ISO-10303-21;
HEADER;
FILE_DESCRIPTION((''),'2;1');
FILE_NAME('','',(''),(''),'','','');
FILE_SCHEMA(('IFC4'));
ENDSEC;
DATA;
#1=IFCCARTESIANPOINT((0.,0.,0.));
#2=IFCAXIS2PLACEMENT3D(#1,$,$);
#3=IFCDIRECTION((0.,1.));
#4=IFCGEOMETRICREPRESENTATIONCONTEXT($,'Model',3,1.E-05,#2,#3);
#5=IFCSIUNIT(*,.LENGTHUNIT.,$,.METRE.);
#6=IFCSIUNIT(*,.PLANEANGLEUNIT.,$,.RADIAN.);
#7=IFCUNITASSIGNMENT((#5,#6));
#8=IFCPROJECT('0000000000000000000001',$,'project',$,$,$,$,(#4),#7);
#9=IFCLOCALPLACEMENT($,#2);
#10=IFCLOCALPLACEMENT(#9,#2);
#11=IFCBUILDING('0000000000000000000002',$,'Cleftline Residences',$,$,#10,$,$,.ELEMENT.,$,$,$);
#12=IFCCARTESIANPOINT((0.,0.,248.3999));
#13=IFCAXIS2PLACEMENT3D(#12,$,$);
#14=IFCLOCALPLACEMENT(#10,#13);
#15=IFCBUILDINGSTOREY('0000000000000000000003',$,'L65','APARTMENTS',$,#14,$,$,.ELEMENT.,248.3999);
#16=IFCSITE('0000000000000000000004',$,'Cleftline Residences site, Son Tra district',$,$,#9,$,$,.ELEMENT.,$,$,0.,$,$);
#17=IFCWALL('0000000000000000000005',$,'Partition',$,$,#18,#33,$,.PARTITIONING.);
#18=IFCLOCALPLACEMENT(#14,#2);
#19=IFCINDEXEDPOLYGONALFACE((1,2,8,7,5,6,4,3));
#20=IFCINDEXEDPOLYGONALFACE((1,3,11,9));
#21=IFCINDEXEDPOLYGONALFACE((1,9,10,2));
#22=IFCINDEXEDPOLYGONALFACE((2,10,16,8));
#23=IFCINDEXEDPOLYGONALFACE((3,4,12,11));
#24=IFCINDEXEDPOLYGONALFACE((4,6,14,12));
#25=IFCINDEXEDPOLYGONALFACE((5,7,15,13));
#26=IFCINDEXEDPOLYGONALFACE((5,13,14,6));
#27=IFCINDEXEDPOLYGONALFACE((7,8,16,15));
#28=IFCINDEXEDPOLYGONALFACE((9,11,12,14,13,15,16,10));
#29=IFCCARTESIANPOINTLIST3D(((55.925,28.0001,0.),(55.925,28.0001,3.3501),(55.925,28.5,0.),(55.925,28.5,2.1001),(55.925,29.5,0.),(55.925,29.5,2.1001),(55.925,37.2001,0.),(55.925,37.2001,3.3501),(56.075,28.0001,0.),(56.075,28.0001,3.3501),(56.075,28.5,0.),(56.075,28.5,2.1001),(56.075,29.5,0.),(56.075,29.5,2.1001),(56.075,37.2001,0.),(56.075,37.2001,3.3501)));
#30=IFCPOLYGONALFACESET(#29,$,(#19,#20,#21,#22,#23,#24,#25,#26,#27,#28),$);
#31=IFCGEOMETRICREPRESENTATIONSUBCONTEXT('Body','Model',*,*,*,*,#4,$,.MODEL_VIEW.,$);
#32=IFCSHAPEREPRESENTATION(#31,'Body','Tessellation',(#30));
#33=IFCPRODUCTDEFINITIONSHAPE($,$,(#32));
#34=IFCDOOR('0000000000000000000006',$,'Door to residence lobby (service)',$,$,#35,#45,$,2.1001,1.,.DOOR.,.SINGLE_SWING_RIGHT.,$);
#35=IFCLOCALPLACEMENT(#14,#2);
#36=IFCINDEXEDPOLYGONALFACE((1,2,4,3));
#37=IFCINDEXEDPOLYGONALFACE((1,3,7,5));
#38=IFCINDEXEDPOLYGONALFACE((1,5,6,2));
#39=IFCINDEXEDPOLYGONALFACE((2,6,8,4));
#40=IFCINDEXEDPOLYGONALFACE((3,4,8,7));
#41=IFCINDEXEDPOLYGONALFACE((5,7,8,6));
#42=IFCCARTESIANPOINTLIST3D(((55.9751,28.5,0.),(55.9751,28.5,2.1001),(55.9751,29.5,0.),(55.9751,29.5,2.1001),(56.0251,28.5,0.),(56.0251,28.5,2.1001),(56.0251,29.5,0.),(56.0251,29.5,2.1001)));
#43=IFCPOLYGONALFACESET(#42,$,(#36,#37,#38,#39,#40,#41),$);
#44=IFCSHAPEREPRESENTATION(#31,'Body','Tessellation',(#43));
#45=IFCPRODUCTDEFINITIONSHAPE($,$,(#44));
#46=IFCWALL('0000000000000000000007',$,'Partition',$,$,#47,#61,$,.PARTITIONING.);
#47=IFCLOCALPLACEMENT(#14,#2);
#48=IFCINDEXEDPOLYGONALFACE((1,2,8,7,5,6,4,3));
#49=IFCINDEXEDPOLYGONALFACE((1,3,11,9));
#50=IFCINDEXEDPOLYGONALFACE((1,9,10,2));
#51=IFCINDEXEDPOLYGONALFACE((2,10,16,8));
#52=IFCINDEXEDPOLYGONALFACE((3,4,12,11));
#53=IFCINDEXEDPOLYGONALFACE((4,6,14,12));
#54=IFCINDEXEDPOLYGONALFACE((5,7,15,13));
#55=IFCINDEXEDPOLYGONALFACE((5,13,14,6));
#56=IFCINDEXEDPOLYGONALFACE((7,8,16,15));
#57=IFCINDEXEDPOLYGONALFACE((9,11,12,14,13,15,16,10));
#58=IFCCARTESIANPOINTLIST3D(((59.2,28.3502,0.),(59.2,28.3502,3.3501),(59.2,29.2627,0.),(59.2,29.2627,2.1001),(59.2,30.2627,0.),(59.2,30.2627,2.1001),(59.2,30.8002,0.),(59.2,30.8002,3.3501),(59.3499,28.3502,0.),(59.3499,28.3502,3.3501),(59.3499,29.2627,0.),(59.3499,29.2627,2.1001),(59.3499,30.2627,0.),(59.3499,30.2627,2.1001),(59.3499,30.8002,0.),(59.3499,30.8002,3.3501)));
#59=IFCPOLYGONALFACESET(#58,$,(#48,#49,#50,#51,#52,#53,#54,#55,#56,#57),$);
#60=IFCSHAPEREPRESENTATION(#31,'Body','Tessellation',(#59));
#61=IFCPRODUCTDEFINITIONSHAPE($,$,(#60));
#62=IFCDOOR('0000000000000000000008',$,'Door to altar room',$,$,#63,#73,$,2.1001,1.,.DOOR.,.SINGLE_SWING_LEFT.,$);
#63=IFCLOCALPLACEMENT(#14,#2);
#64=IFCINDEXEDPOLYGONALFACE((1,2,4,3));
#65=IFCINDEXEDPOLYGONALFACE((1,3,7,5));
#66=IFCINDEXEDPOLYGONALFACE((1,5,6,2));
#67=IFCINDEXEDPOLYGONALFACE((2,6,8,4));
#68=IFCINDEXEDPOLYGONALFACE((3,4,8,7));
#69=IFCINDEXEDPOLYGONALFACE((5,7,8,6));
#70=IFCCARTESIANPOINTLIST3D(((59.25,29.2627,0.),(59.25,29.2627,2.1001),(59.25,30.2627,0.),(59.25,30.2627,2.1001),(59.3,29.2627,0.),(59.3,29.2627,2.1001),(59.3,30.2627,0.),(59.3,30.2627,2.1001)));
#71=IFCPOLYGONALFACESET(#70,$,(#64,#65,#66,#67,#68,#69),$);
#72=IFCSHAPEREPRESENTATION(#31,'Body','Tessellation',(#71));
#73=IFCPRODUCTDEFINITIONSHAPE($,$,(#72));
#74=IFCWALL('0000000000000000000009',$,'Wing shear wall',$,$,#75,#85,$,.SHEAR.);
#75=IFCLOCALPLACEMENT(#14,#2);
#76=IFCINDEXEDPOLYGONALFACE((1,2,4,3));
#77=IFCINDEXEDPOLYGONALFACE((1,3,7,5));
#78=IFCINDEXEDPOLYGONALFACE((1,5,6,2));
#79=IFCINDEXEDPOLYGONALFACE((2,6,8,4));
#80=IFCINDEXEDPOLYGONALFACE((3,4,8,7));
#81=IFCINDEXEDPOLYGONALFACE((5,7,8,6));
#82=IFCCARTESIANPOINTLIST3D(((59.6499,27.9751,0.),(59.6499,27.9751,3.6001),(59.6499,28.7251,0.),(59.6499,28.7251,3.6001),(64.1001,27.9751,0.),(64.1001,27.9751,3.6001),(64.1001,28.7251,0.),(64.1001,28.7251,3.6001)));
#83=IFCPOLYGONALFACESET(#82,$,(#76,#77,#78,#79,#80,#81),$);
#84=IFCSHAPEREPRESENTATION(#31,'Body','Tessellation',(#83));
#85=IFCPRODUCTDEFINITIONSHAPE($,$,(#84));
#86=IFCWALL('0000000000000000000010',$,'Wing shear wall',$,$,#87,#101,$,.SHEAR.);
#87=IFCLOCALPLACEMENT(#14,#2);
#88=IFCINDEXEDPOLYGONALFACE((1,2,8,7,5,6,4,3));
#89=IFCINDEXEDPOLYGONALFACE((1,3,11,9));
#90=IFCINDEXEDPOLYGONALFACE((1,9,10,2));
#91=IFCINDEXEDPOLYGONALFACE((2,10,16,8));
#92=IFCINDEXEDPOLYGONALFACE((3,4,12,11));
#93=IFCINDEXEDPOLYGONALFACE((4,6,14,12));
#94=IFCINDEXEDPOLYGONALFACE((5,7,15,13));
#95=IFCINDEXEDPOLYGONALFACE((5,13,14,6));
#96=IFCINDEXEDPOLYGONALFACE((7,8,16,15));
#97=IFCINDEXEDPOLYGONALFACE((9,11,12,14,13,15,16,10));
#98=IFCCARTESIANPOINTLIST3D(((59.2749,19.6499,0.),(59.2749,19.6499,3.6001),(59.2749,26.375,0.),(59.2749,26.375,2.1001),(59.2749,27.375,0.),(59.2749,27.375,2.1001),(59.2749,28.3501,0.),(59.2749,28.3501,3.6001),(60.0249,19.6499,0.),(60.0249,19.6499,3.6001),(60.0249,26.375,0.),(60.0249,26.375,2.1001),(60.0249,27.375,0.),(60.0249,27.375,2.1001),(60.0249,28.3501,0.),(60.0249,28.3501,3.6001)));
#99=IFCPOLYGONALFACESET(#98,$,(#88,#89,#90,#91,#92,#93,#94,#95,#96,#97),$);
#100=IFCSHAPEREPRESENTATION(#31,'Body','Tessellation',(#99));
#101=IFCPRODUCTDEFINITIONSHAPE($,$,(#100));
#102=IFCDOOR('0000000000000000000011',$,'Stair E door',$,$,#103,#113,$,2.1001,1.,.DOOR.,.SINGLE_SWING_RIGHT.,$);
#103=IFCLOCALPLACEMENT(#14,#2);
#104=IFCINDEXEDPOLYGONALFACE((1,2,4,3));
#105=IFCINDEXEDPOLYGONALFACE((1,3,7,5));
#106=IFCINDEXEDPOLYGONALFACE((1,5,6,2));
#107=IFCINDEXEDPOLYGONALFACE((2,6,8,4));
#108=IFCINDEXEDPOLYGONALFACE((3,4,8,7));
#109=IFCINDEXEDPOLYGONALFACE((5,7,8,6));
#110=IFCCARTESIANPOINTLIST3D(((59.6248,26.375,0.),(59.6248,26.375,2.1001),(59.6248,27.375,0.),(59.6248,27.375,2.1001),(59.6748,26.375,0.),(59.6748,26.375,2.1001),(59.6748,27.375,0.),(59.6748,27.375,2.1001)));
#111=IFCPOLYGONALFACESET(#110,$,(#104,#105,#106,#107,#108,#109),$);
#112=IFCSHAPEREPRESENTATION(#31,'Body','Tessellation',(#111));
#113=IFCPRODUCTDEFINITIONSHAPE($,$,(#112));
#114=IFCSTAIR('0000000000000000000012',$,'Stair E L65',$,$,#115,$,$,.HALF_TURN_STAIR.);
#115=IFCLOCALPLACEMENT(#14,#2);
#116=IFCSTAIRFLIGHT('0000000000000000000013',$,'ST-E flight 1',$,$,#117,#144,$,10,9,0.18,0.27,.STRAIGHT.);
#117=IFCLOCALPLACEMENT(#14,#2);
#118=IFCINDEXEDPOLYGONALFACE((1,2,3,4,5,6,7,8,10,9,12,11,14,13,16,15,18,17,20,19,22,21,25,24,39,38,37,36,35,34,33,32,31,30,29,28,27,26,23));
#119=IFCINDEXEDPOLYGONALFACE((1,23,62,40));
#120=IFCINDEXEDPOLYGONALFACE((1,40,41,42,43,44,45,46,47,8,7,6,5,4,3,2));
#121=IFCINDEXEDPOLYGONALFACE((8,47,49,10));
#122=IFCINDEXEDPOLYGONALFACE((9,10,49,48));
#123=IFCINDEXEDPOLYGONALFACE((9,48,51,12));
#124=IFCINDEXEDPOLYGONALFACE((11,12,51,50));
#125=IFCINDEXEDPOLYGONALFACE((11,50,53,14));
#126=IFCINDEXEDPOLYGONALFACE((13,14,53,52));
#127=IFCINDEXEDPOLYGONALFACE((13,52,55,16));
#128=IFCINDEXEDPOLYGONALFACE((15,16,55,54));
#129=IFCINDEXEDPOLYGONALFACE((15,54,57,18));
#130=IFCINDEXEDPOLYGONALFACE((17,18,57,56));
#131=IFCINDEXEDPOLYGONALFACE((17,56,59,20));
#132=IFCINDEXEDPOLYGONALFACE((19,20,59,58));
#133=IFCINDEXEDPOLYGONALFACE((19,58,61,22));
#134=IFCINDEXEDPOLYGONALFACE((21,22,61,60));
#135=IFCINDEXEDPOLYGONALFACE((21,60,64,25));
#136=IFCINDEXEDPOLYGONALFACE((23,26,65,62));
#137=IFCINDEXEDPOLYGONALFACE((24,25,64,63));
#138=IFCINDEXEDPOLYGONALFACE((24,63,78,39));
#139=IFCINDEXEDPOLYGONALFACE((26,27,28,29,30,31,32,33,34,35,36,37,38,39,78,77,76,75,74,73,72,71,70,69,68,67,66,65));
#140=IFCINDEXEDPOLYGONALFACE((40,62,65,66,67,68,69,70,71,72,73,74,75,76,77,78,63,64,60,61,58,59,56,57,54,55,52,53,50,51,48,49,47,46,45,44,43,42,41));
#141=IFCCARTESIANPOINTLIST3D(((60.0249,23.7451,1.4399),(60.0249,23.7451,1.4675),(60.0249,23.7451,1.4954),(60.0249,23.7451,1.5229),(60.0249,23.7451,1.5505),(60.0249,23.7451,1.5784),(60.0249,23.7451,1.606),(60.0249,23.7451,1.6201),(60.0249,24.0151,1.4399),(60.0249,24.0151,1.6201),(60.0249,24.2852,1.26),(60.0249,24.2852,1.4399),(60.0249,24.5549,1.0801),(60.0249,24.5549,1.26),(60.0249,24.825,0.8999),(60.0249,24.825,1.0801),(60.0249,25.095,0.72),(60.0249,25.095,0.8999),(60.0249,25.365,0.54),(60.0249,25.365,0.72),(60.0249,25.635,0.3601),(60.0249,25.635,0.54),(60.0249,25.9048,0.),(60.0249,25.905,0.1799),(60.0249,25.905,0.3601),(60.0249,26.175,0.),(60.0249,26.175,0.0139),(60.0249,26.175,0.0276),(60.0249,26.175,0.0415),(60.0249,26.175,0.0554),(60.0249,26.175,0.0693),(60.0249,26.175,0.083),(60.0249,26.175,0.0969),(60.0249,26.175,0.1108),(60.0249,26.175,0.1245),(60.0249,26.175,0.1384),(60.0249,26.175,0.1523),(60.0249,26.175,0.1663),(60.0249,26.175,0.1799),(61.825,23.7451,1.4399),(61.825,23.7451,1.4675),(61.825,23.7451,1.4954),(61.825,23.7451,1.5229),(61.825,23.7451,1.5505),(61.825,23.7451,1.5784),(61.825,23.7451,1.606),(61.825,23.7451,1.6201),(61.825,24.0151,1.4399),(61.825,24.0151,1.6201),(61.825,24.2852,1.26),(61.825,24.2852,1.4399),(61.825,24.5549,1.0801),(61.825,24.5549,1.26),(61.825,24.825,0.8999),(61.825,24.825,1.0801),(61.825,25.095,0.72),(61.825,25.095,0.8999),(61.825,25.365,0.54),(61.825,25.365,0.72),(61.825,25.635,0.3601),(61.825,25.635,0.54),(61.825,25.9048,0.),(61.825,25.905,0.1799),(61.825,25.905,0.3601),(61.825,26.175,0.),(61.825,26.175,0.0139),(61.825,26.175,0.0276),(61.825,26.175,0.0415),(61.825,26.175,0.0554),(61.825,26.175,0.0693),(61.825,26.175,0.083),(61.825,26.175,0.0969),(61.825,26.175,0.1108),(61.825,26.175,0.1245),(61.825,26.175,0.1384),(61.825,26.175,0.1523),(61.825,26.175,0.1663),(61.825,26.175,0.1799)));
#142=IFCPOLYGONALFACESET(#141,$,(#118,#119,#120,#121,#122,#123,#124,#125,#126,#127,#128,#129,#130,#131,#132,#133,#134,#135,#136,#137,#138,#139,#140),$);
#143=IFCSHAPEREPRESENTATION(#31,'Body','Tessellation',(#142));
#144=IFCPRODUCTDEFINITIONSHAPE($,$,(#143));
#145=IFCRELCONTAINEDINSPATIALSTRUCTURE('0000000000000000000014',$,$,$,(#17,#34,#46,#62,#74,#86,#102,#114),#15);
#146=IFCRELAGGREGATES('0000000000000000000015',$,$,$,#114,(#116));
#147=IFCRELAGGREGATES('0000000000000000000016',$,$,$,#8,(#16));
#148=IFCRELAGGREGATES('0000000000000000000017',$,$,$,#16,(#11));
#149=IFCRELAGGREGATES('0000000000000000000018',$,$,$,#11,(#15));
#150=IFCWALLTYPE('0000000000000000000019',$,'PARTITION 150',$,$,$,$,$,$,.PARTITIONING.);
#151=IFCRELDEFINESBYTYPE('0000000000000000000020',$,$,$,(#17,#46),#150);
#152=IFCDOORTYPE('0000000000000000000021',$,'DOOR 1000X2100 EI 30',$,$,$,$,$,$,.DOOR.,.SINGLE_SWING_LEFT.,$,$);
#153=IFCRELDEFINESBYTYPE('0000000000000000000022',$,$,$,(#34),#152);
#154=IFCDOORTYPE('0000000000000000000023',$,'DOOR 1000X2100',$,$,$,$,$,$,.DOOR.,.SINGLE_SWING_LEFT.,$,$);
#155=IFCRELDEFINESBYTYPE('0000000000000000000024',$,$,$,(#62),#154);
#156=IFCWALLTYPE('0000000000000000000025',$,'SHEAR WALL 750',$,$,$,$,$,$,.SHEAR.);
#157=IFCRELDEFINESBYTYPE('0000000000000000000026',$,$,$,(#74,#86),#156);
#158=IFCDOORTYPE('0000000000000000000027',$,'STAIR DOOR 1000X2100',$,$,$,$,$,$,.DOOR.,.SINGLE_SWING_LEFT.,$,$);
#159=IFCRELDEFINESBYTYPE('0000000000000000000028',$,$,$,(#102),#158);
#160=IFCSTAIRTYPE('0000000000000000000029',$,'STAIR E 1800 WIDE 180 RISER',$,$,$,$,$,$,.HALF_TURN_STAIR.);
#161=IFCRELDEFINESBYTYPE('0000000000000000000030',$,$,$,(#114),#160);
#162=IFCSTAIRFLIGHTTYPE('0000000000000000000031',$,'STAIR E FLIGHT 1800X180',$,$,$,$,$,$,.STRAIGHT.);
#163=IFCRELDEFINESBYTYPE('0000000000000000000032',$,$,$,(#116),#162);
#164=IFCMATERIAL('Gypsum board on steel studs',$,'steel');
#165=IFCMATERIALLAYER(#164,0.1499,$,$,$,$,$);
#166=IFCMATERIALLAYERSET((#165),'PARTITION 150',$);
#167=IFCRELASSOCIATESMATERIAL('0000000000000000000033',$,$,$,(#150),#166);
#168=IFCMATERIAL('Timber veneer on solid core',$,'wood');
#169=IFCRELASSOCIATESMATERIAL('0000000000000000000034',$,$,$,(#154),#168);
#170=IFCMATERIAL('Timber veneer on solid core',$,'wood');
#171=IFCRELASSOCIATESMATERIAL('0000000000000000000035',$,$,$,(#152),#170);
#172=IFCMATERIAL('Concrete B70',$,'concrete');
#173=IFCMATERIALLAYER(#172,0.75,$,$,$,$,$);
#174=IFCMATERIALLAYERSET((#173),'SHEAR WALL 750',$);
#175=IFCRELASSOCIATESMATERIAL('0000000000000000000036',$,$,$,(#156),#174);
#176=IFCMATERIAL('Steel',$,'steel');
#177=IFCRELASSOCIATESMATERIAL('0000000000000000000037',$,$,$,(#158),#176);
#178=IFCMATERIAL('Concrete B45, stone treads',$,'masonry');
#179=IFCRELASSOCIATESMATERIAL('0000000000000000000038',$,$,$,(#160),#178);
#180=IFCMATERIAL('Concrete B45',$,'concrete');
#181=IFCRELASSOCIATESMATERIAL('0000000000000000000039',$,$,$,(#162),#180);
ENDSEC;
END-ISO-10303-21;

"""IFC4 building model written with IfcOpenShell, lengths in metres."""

from ifc_helpers import new_model, si_unit, direction, frame, frame_2d, origin, place, context, subcontext, project, spatial, polyline, rectangle, outline, extrude, material, layer, layer_set, type_object, element, fill, aggregate, save


model = new_model("IFC4")

# Units and contexts
model_context = context("Model", 3, precision=1e-05, world=origin(), true_north=direction((0.0, 1.0)))
body_context = subcontext(model_context, "Body", "Model", "MODEL_VIEW")
ifc_project = project(units=[si_unit("LENGTHUNIT", "METRE"), si_unit("PLANEANGLEUNIT", "RADIAN")], contexts=[model_context])

# Site, building, storey
site_placement = place(None, origin())
site = spatial("IfcSite", under=ifc_project, at=site_placement, Name="Cleftline Residences site, Son Tra district", CompositionType="ELEMENT", RefElevation=0.0)
building_placement = place(site_placement, origin())
building = spatial("IfcBuilding", under=site, at=building_placement, Name="Cleftline Residences", CompositionType="ELEMENT")
storey_placement = place(building_placement, frame((0.0, 0.0, 248.3999)))
storey = spatial("IfcBuildingStorey", under=building, at=storey_placement, Name="L65", Description="APARTMENTS", CompositionType="ELEMENT", Elevation=248.3999)

# Shared definitions
ifc_material_1 = material(Name="Gypsum board on steel studs", Category="steel")
ifc_layer_1 = layer(ifc_material_1, 0.1499)
ifc_layer_set_1 = layer_set([ifc_layer_1], Name="PARTITION 150")
wall_type_1 = type_object("IfcWallType", Name="PARTITION 150", PredefinedType="PARTITIONING", material=ifc_layer_set_1)

# Shared definitions
ifc_material_2 = material(Name="Timber veneer on solid core", Category="wood")
door_type_1 = type_object("IfcDoorType", Name="DOOR 1000X2100", OperationType="SINGLE_SWING_LEFT", PredefinedType="DOOR", material=ifc_material_2)

# Walls, openings, doors
wall_1_placement = place(storey_placement, frame((56.0, 28.0, 0.0), z_axis=(0.0, 0.0, 1.0), x_axis=(0.0, 1.0, 0.0)))
wall_1 = element("IfcWall", 1, at=wall_1_placement, inside=storey, type_object=wall_type_1, Name="Partition", PredefinedType="PARTITIONING", context=body_context, shape_type="SweptSolid", body=[
    extrude(rectangle(XDim=9.2, YDim=0.1499, at=frame_2d((4.6001, 0.0))), origin(), (0.0, 0.0, 1.0), 3.3501),
])
opening_1_placement = place(wall_1_placement, frame((0.5, 0.0, 0.0)))
opening_1 = element("IfcOpeningElement", 2, at=opening_1_placement, cuts=wall_1, PredefinedType="OPENING", context=body_context, shape_type="SweptSolid", body=[
    extrude(rectangle(XDim=1.0, YDim=2.1001, at=frame_2d((0.5, 1.05))), frame((0.0, 0.085, 0.0), z_axis=(0.0, -1.0, 0.0), x_axis=(1.0, 0.0, 0.0)), (0.0, 0.0, 1.0), 0.1699),
])
ifc_material_3 = material(Name="Timber veneer on solid core", Category="wood")
door_type_2 = type_object("IfcDoorType", Name="DOOR 1000X2100 EI 30", OperationType="SINGLE_SWING_LEFT", PredefinedType="DOOR", material=ifc_material_3)
door_1_placement = place(opening_1_placement, origin())
door_1 = element("IfcDoor", 3, at=door_1_placement, inside=storey, type_object=door_type_2, Name="Door to residence lobby (service)", OperationType="SINGLE_SWING_RIGHT", OverallHeight=2.1001, OverallWidth=1.0, PredefinedType="DOOR", context=body_context, shape_type="SweptSolid", body=[
    extrude(rectangle(XDim=1.0, YDim=2.1001, at=frame_2d((0.5, 1.05))), frame((0.0, 0.0249, 0.0), z_axis=(0.0, -1.0, 0.0), x_axis=(1.0, 0.0, 0.0)), (0.0, 0.0, 1.0), 0.05),
])
fill(opening_1, door_1)
wall_2_placement = place(storey_placement, frame((59.2749, 28.3501, 0.0), z_axis=(0.0, 0.0, 1.0), x_axis=(0.0, 1.0, 0.0)))
wall_2 = element("IfcWall", 4, at=wall_2_placement, inside=storey, type_object=wall_type_1, Name="Partition", PredefinedType="PARTITIONING", context=body_context, shape_type="SweptSolid", body=[
    extrude(rectangle(XDim=2.45, YDim=0.1499, at=frame_2d((1.2251, 0.0))), origin(), (0.0, 0.0, 1.0), 3.3501),
])
opening_2_placement = place(wall_2_placement, frame((0.9126, 0.0, 0.0)))
opening_2 = element("IfcOpeningElement", 5, at=opening_2_placement, cuts=wall_2, PredefinedType="OPENING", context=body_context, shape_type="SweptSolid", body=[
    extrude(rectangle(XDim=1.0, YDim=2.1001, at=frame_2d((0.5, 1.05))), frame((0.0, 0.085, 0.0), z_axis=(0.0, -1.0, 0.0), x_axis=(1.0, 0.0, 0.0)), (0.0, 0.0, 1.0), 0.1699),
])
door_2_placement = place(opening_2_placement, origin())
door_2 = element("IfcDoor", 6, at=door_2_placement, inside=storey, type_object=door_type_1, Name="Door to altar room", OperationType="SINGLE_SWING_LEFT", OverallHeight=2.1001, OverallWidth=1.0, PredefinedType="DOOR", context=body_context, shape_type="SweptSolid", body=[
    extrude(rectangle(XDim=1.0, YDim=2.1001, at=frame_2d((0.5, 1.05))), frame((0.0, 0.0249, 0.0), z_axis=(0.0, -1.0, 0.0), x_axis=(1.0, 0.0, 0.0)), (0.0, 0.0, 1.0), 0.05),
])
fill(opening_2, door_2)

# Wall
ifc_material_4 = material(Name="Concrete B70", Category="concrete")
ifc_layer_2 = layer(ifc_material_4, 0.75)
ifc_layer_set_2 = layer_set([ifc_layer_2], Name="SHEAR WALL 750")
wall_type_2 = type_object("IfcWallType", Name="SHEAR WALL 750", PredefinedType="SHEAR", material=ifc_layer_set_2)
wall_3_placement = place(storey_placement, frame((64.1001, 28.3501, 0.0), z_axis=(0.0, 0.0, 1.0), x_axis=(-1.0, 0.0, 0.0)))
element("IfcWall", 7, at=wall_3_placement, inside=storey, type_object=wall_type_2, Name="Wing shear wall", PredefinedType="SHEAR", context=body_context, shape_type="SweptSolid", body=[
    extrude(rectangle(XDim=4.4502, YDim=0.75, at=frame_2d((2.2251, 0.0))), origin(), (0.0, 0.0, 1.0), 3.6001),
])

# Wall, opening, door
wall_4_placement = place(storey_placement, frame((59.6499, 28.3501, 0.0), z_axis=(0.0, 0.0, 1.0), x_axis=(0.0, -1.0, 0.0)))
wall_4 = element("IfcWall", 8, at=wall_4_placement, inside=storey, type_object=wall_type_2, Name="Wing shear wall", PredefinedType="SHEAR", context=body_context, shape_type="SweptSolid", body=[
    extrude(rectangle(XDim=8.7002, YDim=0.75, at=frame_2d((4.3501, 0.0))), origin(), (0.0, 0.0, 1.0), 3.6001),
])
opening_3_placement = place(wall_4_placement, frame((0.9751, 0.0, 0.0)))
opening_3 = element("IfcOpeningElement", 9, at=opening_3_placement, cuts=wall_4, PredefinedType="OPENING", context=body_context, shape_type="SweptSolid", body=[
    extrude(rectangle(XDim=1.0, YDim=2.1001, at=frame_2d((0.5, 1.05))), frame((0.0, 0.385, 0.0), z_axis=(0.0, -1.0, 0.0), x_axis=(1.0, 0.0, 0.0)), (0.0, 0.0, 1.0), 0.77),
])
ifc_material_5 = material(Name="Steel", Category="steel")
door_type_3 = type_object("IfcDoorType", Name="STAIR DOOR 1000X2100", OperationType="SINGLE_SWING_LEFT", PredefinedType="DOOR", material=ifc_material_5)
door_3_placement = place(opening_3_placement, origin())
door_3 = element("IfcDoor", 10, at=door_3_placement, inside=storey, type_object=door_type_3, Name="Stair E door", OperationType="SINGLE_SWING_RIGHT", OverallHeight=2.1001, OverallWidth=1.0, PredefinedType="DOOR", context=body_context, shape_type="SweptSolid", body=[
    extrude(rectangle(XDim=1.0, YDim=2.1001, at=frame_2d((0.5, 1.05))), frame((0.0, 0.0249, 0.0), z_axis=(0.0, -1.0, 0.0), x_axis=(1.0, 0.0, 0.0)), (0.0, 0.0, 1.0), 0.05),
])
fill(opening_3, door_3)

# Stair, stair flight
ifc_material_6 = material(Name="Concrete B45, stone treads", Category="masonry")
stair_type = type_object("IfcStairType", Name="STAIR E 1800 WIDE 180 RISER", PredefinedType="HALF_TURN_STAIR", material=ifc_material_6)
stair_placement = place(storey_placement, origin())
stair = element("IfcStair", 11, at=stair_placement, inside=storey, type_object=stair_type, Name="Stair E L65", PredefinedType="HALF_TURN_STAIR")
ifc_material_7 = material(Name="Concrete B45", Category="concrete")
stair_flight_type = type_object("IfcStairFlightType", Name="STAIR E FLIGHT 1800X180", PredefinedType="STRAIGHT", material=ifc_material_7)
stair_flight_placement = place(storey_placement, frame((60.925, 26.175, 0.0), z_axis=(0.0, 0.0, 1.0), x_axis=(0.0, -1.0, 0.0)))
stair_flight = element("IfcStairFlight", 12, at=stair_flight_placement, type_object=stair_flight_type, Name="ST-E flight 1", NumberOfRisers=10, NumberOfTreads=9, PredefinedType="STRAIGHT", RiserHeight=0.18, TreadLength=0.27, context=body_context, shape_type="SweptSolid", body=[
    extrude(outline(polyline([(0.0, 0.0), (0.0, 0.0139), (0.0, 0.0276), (0.0, 0.0415), (0.0, 0.0554), (0.0, 0.0693), (0.0, 0.083), (0.0, 0.0969), (0.0, 0.1108), (0.0, 0.1245), (0.0, 0.1384), (0.0, 0.1523), (0.0, 0.1663), (0.0, 0.1799), (0.27, 0.1799), (0.27, 0.3601), (0.54, 0.3601), (0.54, 0.54), (0.8101, 0.54), (0.8101, 0.72), (1.0801, 0.72), (1.0801, 0.8999), (1.3501, 0.8999), (1.3501, 1.0801), (1.6201, 1.0801), (1.6201, 1.26), (1.8899, 1.26), (1.8899, 1.4399), (2.1599, 1.4399), (2.1599, 1.6201), (2.4299, 1.6201), (2.4299, 1.8), (2.4299, 1.7722), (2.4299, 1.7446), (2.4299, 1.7168), (2.4299, 1.6892), (2.4299, 1.6614), (2.4299, 1.6338), (2.4299, 1.606), (2.4299, 1.5784), (2.4299, 1.5505), (2.4299, 1.5229), (2.4299, 1.4954), (2.4299, 1.4675), (2.4299, 1.4399), (0.2703, 0.0), (0.0, 0.0)])), frame((0.0, 0.8999, 0.0), z_axis=(0.0, -1.0, 0.0), x_axis=(1.0, 0.0, 0.0)), (0.0, 0.0, 1.0), 1.8),
])
aggregate(stair, [stair_flight])

save(model, "model.ifc")
